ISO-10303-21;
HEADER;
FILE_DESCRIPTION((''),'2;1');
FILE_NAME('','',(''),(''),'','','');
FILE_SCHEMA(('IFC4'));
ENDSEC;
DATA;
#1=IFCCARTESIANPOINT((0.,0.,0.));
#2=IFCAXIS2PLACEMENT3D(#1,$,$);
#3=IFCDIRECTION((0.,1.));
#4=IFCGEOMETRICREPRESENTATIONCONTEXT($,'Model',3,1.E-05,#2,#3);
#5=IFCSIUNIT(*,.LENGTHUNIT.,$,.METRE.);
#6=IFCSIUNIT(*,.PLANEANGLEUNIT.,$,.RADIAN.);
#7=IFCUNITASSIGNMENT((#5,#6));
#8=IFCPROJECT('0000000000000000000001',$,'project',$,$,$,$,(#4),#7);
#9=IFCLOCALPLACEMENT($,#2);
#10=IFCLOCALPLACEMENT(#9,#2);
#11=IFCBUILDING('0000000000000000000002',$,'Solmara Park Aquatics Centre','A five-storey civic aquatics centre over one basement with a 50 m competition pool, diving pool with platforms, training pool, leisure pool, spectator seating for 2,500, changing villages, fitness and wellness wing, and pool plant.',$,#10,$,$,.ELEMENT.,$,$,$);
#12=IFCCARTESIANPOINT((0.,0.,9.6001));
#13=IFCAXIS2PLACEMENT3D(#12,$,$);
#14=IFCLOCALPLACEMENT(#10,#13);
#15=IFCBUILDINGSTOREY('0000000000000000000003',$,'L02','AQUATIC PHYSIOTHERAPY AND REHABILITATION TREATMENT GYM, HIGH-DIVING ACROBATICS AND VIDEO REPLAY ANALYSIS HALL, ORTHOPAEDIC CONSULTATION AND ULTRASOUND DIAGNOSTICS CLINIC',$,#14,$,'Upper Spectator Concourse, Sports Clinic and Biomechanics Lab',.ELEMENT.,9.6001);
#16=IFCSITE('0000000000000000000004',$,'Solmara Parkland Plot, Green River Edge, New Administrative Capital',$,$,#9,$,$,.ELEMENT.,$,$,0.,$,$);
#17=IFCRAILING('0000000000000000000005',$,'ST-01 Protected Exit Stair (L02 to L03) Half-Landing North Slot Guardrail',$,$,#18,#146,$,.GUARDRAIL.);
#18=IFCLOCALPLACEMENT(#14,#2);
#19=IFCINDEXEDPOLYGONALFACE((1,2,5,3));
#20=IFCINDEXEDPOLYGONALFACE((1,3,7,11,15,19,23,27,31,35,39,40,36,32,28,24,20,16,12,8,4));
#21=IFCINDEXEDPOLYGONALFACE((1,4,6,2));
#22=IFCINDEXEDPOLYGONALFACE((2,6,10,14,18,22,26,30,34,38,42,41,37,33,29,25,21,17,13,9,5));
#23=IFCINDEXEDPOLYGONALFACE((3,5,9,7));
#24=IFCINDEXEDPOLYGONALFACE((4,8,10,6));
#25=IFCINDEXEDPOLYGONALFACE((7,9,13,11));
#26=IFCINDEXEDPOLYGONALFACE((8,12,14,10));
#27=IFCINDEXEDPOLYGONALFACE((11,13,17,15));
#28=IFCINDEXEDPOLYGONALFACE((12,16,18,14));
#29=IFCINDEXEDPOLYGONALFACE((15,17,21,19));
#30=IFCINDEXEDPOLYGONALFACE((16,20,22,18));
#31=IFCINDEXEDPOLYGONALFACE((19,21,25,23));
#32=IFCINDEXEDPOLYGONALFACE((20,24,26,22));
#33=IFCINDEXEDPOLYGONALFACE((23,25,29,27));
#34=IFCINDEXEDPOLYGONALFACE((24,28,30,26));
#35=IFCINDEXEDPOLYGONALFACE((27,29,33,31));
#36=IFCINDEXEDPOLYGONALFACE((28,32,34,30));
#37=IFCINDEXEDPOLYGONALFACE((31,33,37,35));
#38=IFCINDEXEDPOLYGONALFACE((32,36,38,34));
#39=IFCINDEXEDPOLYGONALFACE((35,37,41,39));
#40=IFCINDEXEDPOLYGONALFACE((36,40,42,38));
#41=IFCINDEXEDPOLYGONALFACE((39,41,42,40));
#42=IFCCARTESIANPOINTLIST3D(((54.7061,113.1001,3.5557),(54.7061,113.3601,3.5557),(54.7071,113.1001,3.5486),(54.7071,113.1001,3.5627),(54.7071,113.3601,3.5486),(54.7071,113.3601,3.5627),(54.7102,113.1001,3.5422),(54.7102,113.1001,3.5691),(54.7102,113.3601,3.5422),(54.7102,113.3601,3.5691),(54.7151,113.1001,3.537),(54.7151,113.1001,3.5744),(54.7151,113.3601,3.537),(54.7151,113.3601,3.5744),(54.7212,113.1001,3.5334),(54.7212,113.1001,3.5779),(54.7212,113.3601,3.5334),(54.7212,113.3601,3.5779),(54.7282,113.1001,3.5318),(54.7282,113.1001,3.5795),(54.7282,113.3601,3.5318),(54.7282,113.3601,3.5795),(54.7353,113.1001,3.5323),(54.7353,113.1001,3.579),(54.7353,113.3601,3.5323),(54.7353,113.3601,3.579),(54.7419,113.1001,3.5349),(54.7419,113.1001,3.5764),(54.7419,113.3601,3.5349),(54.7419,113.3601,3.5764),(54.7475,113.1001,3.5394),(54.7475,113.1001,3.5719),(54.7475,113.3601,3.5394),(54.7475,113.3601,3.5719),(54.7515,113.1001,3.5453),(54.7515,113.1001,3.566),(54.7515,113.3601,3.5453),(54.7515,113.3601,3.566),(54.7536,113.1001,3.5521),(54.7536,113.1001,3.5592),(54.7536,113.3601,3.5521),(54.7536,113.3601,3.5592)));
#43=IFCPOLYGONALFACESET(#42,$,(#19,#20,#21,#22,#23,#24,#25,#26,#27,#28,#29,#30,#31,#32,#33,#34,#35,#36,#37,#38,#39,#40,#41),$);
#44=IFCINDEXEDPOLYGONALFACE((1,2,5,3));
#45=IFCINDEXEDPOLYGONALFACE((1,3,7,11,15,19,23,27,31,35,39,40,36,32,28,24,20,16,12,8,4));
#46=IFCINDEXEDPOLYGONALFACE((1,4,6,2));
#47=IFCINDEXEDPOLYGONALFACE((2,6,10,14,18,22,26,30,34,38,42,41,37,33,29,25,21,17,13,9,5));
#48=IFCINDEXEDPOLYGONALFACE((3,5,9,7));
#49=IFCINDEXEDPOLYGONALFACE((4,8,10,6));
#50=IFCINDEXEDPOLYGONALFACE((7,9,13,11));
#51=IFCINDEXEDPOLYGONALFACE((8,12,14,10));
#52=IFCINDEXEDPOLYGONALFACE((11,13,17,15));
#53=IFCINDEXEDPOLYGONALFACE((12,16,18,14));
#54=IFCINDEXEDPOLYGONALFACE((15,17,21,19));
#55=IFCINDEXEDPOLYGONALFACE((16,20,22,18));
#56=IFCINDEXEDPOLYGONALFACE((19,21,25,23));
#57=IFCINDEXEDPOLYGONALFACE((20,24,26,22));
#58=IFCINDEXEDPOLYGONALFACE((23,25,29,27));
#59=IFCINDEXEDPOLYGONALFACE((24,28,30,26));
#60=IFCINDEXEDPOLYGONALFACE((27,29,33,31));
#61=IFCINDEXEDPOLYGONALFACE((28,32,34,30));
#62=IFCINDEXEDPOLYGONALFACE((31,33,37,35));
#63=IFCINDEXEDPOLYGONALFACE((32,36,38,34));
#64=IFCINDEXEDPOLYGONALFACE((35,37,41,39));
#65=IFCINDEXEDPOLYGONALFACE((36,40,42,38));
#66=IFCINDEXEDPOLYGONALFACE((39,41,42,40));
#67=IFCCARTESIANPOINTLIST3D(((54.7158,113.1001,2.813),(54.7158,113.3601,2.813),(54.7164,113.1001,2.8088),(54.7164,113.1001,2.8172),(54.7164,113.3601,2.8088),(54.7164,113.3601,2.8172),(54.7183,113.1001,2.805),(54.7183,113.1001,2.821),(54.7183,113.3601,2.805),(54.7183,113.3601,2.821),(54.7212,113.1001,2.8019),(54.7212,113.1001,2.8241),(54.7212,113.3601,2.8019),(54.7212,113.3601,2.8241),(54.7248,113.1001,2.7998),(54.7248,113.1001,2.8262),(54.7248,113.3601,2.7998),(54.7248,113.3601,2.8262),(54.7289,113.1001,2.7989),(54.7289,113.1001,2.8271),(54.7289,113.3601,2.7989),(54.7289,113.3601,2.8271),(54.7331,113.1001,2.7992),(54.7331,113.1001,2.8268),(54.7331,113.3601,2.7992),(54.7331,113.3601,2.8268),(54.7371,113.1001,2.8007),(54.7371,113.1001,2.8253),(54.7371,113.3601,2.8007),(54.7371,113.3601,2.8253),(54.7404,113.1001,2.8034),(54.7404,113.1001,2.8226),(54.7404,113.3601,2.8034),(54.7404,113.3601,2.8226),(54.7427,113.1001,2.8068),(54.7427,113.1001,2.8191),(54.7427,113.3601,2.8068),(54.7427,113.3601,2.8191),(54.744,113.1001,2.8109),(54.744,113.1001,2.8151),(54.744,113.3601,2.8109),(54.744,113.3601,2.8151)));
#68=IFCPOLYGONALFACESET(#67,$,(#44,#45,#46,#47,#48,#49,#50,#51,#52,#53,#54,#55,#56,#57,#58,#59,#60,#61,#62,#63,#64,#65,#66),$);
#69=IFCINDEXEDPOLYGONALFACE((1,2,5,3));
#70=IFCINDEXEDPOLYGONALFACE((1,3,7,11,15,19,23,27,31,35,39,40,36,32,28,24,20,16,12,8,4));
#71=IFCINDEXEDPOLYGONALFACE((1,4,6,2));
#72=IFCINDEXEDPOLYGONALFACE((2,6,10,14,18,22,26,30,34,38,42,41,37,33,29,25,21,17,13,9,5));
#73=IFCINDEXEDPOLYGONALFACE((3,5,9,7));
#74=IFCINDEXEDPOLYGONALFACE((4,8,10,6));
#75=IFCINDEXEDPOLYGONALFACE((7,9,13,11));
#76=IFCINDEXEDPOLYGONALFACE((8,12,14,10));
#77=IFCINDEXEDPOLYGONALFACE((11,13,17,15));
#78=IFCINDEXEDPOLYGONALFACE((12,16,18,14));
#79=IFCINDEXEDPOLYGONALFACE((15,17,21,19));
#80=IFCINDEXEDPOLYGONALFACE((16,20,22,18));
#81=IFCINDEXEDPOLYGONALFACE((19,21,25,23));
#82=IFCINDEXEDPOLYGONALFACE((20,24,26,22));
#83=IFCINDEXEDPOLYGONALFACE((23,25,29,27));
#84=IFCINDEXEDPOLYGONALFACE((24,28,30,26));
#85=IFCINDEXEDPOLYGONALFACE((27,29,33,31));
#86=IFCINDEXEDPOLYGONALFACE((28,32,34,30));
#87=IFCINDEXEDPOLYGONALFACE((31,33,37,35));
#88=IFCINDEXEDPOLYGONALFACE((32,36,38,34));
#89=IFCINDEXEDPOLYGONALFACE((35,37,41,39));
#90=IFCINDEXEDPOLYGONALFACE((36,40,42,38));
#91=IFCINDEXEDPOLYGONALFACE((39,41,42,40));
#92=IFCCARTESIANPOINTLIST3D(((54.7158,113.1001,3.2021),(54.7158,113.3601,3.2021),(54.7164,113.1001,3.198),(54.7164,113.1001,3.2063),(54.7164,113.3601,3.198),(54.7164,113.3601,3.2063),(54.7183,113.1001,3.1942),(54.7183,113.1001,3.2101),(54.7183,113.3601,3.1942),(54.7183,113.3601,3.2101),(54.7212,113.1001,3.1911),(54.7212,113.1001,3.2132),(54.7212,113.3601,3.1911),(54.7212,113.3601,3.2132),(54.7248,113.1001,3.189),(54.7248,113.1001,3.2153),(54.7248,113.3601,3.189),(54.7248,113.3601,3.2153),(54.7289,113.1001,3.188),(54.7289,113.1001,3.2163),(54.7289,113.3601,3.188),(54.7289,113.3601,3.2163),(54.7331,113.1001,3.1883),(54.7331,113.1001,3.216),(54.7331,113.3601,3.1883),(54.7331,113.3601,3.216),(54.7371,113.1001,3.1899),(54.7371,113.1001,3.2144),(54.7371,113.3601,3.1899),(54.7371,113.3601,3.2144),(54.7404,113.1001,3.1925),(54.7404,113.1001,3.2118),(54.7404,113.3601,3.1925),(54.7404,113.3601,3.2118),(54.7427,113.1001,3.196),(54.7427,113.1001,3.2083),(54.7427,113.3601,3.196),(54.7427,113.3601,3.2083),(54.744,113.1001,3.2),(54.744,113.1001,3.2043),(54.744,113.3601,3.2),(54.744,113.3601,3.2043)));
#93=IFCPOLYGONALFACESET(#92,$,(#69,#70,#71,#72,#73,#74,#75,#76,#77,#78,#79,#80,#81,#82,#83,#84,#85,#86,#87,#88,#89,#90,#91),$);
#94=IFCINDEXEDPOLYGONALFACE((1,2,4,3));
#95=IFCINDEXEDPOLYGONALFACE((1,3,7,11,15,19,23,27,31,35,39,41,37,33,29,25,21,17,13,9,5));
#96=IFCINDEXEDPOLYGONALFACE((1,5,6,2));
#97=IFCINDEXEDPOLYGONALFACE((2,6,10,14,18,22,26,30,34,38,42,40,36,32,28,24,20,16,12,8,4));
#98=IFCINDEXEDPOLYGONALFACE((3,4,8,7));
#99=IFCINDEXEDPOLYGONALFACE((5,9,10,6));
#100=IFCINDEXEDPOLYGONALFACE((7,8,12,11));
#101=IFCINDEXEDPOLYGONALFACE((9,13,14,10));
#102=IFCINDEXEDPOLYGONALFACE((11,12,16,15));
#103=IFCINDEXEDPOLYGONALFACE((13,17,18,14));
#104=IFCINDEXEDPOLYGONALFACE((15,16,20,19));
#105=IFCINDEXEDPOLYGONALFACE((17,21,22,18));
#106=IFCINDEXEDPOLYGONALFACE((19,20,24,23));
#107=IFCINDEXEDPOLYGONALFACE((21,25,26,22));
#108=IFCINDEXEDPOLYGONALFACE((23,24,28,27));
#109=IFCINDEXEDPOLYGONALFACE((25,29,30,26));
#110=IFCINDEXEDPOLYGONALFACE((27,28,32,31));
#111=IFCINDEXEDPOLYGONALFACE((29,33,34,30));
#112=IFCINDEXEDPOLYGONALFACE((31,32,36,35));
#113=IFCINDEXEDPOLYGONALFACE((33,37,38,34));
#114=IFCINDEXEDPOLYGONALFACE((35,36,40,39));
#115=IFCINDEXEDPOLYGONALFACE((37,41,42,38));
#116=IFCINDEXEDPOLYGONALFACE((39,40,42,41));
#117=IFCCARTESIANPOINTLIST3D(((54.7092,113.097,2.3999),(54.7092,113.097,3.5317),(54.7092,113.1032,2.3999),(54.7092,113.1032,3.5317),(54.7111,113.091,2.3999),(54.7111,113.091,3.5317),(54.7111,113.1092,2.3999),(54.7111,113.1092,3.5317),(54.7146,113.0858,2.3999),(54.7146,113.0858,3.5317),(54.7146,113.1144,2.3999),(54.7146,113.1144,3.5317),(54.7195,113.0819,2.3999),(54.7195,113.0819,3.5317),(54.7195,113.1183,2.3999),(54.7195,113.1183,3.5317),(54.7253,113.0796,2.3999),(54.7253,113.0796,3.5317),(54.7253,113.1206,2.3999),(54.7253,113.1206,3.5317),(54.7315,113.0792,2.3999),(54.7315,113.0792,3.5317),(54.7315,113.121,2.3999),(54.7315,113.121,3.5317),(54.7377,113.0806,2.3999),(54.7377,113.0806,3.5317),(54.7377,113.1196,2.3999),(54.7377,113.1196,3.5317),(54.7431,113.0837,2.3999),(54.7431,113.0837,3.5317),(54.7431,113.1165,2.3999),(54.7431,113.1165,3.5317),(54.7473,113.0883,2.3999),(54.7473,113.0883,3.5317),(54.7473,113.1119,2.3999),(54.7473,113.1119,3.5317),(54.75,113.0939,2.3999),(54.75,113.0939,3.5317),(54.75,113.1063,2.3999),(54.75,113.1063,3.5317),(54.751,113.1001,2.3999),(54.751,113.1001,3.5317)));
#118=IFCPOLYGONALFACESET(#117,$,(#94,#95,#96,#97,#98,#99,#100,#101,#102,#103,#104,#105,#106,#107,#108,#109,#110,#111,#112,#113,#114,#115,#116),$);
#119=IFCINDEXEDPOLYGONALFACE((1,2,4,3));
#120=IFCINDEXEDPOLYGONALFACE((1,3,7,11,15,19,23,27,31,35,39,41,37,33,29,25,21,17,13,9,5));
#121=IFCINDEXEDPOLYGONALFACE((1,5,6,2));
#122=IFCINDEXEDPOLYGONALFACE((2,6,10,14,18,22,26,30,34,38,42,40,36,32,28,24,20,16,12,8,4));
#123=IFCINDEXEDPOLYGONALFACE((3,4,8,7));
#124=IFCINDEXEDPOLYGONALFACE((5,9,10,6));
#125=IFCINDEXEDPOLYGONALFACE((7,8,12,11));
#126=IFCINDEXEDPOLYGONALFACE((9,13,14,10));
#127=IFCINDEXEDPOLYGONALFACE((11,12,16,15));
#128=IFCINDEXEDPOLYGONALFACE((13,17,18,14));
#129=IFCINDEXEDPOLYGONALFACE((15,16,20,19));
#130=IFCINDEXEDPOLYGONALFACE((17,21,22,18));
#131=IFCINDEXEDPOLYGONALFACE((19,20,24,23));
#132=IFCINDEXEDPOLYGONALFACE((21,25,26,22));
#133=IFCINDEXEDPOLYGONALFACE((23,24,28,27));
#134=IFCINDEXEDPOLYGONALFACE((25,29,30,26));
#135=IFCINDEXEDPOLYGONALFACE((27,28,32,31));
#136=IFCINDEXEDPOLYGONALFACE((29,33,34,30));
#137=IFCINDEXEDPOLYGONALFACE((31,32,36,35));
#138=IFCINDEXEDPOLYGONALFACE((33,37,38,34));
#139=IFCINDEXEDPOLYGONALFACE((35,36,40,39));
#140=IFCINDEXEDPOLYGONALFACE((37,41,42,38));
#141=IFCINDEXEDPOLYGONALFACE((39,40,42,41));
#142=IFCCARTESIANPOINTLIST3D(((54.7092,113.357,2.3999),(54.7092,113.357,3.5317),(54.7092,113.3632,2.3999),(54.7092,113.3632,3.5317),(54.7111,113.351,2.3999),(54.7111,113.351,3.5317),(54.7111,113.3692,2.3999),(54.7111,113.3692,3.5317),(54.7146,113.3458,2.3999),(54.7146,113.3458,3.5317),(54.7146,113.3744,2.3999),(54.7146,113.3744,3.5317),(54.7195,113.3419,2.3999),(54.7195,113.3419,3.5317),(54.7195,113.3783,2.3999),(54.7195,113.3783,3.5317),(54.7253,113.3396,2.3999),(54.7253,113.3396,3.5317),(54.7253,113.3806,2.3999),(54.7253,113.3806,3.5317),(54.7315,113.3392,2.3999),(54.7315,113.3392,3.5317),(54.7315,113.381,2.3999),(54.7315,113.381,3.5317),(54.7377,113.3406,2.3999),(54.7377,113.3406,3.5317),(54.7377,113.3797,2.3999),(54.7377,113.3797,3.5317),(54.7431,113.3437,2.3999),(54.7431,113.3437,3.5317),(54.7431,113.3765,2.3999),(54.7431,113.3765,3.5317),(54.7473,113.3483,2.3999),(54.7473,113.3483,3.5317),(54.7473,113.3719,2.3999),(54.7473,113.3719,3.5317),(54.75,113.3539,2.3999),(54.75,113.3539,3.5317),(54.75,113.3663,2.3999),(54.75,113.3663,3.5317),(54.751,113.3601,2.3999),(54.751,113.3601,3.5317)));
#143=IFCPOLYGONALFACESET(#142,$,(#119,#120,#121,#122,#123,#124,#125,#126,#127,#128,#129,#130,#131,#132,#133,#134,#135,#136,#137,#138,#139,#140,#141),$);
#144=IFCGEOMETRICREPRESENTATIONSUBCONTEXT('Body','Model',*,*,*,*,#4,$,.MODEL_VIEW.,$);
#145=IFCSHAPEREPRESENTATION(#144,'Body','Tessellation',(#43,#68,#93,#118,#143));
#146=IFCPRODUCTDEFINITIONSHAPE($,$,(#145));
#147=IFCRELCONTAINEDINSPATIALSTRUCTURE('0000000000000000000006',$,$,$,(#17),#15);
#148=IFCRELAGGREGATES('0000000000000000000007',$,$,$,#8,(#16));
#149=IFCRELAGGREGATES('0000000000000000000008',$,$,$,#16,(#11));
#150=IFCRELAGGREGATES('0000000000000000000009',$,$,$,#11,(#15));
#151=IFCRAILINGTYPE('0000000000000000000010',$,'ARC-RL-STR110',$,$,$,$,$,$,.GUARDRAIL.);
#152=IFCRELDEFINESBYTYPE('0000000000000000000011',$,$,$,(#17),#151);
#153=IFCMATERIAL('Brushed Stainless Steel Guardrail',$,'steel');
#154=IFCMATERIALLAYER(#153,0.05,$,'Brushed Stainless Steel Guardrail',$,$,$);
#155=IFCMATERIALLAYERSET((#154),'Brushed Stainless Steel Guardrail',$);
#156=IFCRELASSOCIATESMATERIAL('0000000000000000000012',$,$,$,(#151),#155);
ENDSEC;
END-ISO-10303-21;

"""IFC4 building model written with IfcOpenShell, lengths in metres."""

from ifc_helpers import new_model, si_unit, direction, frame, origin, origin_2d, place, context, subcontext, project, spatial, circle, extrude, material, layer, layer_set, type_object, element, save


model = new_model("IFC4")

# Units and contexts
model_context = context("Model", 3, precision=1e-05, world=origin(), true_north=direction((0.0, 1.0)))
body_context = subcontext(model_context, "Body", "Model", "MODEL_VIEW")
ifc_project = project(units=[si_unit("LENGTHUNIT", "METRE"), si_unit("PLANEANGLEUNIT", "RADIAN")], contexts=[model_context])

# Site, building, storey
site_placement = place(None, origin())
site = spatial("IfcSite", under=ifc_project, at=site_placement, Name="Solmara Parkland Plot, Green River Edge, New Administrative Capital", CompositionType="ELEMENT", RefElevation=0.0)
building_placement = place(site_placement, origin())
building = spatial("IfcBuilding", under=site, at=building_placement, Name="Solmara Park Aquatics Centre", Description="A five-storey civic aquatics centre over one basement with a 50 m competition pool, diving pool with platforms, training pool, leisure pool, spectator seating for 2,500, changing villages, fitness and wellness wing, and pool plant.", CompositionType="ELEMENT")
storey_placement = place(building_placement, frame((0.0, 0.0, 9.6001)))
storey = spatial("IfcBuildingStorey", under=building, at=storey_placement, Name="L02", Description="AQUATIC PHYSIOTHERAPY AND REHABILITATION TREATMENT GYM, HIGH-DIVING ACROBATICS AND VIDEO REPLAY ANALYSIS HALL, ORTHOPAEDIC CONSULTATION AND ULTRASOUND DIAGNOSTICS CLINIC", LongName="Upper Spectator Concourse, Sports Clinic and Biomechanics Lab", CompositionType="ELEMENT", Elevation=9.6001)

# Railing
ifc_material_1 = material(Name="Brushed Stainless Steel Guardrail", Category="steel")
ifc_layer_1 = layer(ifc_material_1, 0.05, Name="Brushed Stainless Steel Guardrail")
ifc_layer_set_1 = layer_set([ifc_layer_1], Name="Brushed Stainless Steel Guardrail")
railing_type_1 = type_object("IfcRailingType", Name="ARC-RL-STR110", PredefinedType="GUARDRAIL", material=ifc_layer_set_1)
railing_1_placement = place(storey_placement, frame((54.73, 113.1001, 2.3999)))
element("IfcRailing", 1, at=railing_1_placement, inside=storey, type_object=railing_type_1, Name="ST-01 Protected Exit Stair (L02 to L03) Half-Landing North Slot Guardrail", PredefinedType="GUARDRAIL", context=body_context, shape_type="SweptSolid", body=[
    extrude(circle(Radius=0.0239, at=origin_2d()), frame((0.0, 0.0, 1.1558), z_axis=(0.0, 1.0, 0.0), x_axis=(-1.0, 0.0, 0.0)), (0.0, 0.0, 1.0), 0.26),
    extrude(circle(Radius=0.0142, at=origin_2d()), frame((0.0, 0.0, 0.4131), z_axis=(0.0, 1.0, 0.0), x_axis=(-1.0, 0.0, 0.0)), (0.0, 0.0, 1.0), 0.26),
    extrude(circle(Radius=0.0142, at=origin_2d()), frame((0.0, 0.0, 0.8022), z_axis=(0.0, 1.0, 0.0), x_axis=(-1.0, 0.0, 0.0)), (0.0, 0.0, 1.0), 0.26),
    extrude(circle(Radius=0.021, at=origin_2d()), origin(), (0.0, 0.0, 1.0), 1.1318),
    extrude(circle(Radius=0.021, at=origin_2d()), frame((0.0, 0.26, 0.0)), (0.0, 0.0, 1.0), 1.1318),
])

save(model, "model.ifc")
